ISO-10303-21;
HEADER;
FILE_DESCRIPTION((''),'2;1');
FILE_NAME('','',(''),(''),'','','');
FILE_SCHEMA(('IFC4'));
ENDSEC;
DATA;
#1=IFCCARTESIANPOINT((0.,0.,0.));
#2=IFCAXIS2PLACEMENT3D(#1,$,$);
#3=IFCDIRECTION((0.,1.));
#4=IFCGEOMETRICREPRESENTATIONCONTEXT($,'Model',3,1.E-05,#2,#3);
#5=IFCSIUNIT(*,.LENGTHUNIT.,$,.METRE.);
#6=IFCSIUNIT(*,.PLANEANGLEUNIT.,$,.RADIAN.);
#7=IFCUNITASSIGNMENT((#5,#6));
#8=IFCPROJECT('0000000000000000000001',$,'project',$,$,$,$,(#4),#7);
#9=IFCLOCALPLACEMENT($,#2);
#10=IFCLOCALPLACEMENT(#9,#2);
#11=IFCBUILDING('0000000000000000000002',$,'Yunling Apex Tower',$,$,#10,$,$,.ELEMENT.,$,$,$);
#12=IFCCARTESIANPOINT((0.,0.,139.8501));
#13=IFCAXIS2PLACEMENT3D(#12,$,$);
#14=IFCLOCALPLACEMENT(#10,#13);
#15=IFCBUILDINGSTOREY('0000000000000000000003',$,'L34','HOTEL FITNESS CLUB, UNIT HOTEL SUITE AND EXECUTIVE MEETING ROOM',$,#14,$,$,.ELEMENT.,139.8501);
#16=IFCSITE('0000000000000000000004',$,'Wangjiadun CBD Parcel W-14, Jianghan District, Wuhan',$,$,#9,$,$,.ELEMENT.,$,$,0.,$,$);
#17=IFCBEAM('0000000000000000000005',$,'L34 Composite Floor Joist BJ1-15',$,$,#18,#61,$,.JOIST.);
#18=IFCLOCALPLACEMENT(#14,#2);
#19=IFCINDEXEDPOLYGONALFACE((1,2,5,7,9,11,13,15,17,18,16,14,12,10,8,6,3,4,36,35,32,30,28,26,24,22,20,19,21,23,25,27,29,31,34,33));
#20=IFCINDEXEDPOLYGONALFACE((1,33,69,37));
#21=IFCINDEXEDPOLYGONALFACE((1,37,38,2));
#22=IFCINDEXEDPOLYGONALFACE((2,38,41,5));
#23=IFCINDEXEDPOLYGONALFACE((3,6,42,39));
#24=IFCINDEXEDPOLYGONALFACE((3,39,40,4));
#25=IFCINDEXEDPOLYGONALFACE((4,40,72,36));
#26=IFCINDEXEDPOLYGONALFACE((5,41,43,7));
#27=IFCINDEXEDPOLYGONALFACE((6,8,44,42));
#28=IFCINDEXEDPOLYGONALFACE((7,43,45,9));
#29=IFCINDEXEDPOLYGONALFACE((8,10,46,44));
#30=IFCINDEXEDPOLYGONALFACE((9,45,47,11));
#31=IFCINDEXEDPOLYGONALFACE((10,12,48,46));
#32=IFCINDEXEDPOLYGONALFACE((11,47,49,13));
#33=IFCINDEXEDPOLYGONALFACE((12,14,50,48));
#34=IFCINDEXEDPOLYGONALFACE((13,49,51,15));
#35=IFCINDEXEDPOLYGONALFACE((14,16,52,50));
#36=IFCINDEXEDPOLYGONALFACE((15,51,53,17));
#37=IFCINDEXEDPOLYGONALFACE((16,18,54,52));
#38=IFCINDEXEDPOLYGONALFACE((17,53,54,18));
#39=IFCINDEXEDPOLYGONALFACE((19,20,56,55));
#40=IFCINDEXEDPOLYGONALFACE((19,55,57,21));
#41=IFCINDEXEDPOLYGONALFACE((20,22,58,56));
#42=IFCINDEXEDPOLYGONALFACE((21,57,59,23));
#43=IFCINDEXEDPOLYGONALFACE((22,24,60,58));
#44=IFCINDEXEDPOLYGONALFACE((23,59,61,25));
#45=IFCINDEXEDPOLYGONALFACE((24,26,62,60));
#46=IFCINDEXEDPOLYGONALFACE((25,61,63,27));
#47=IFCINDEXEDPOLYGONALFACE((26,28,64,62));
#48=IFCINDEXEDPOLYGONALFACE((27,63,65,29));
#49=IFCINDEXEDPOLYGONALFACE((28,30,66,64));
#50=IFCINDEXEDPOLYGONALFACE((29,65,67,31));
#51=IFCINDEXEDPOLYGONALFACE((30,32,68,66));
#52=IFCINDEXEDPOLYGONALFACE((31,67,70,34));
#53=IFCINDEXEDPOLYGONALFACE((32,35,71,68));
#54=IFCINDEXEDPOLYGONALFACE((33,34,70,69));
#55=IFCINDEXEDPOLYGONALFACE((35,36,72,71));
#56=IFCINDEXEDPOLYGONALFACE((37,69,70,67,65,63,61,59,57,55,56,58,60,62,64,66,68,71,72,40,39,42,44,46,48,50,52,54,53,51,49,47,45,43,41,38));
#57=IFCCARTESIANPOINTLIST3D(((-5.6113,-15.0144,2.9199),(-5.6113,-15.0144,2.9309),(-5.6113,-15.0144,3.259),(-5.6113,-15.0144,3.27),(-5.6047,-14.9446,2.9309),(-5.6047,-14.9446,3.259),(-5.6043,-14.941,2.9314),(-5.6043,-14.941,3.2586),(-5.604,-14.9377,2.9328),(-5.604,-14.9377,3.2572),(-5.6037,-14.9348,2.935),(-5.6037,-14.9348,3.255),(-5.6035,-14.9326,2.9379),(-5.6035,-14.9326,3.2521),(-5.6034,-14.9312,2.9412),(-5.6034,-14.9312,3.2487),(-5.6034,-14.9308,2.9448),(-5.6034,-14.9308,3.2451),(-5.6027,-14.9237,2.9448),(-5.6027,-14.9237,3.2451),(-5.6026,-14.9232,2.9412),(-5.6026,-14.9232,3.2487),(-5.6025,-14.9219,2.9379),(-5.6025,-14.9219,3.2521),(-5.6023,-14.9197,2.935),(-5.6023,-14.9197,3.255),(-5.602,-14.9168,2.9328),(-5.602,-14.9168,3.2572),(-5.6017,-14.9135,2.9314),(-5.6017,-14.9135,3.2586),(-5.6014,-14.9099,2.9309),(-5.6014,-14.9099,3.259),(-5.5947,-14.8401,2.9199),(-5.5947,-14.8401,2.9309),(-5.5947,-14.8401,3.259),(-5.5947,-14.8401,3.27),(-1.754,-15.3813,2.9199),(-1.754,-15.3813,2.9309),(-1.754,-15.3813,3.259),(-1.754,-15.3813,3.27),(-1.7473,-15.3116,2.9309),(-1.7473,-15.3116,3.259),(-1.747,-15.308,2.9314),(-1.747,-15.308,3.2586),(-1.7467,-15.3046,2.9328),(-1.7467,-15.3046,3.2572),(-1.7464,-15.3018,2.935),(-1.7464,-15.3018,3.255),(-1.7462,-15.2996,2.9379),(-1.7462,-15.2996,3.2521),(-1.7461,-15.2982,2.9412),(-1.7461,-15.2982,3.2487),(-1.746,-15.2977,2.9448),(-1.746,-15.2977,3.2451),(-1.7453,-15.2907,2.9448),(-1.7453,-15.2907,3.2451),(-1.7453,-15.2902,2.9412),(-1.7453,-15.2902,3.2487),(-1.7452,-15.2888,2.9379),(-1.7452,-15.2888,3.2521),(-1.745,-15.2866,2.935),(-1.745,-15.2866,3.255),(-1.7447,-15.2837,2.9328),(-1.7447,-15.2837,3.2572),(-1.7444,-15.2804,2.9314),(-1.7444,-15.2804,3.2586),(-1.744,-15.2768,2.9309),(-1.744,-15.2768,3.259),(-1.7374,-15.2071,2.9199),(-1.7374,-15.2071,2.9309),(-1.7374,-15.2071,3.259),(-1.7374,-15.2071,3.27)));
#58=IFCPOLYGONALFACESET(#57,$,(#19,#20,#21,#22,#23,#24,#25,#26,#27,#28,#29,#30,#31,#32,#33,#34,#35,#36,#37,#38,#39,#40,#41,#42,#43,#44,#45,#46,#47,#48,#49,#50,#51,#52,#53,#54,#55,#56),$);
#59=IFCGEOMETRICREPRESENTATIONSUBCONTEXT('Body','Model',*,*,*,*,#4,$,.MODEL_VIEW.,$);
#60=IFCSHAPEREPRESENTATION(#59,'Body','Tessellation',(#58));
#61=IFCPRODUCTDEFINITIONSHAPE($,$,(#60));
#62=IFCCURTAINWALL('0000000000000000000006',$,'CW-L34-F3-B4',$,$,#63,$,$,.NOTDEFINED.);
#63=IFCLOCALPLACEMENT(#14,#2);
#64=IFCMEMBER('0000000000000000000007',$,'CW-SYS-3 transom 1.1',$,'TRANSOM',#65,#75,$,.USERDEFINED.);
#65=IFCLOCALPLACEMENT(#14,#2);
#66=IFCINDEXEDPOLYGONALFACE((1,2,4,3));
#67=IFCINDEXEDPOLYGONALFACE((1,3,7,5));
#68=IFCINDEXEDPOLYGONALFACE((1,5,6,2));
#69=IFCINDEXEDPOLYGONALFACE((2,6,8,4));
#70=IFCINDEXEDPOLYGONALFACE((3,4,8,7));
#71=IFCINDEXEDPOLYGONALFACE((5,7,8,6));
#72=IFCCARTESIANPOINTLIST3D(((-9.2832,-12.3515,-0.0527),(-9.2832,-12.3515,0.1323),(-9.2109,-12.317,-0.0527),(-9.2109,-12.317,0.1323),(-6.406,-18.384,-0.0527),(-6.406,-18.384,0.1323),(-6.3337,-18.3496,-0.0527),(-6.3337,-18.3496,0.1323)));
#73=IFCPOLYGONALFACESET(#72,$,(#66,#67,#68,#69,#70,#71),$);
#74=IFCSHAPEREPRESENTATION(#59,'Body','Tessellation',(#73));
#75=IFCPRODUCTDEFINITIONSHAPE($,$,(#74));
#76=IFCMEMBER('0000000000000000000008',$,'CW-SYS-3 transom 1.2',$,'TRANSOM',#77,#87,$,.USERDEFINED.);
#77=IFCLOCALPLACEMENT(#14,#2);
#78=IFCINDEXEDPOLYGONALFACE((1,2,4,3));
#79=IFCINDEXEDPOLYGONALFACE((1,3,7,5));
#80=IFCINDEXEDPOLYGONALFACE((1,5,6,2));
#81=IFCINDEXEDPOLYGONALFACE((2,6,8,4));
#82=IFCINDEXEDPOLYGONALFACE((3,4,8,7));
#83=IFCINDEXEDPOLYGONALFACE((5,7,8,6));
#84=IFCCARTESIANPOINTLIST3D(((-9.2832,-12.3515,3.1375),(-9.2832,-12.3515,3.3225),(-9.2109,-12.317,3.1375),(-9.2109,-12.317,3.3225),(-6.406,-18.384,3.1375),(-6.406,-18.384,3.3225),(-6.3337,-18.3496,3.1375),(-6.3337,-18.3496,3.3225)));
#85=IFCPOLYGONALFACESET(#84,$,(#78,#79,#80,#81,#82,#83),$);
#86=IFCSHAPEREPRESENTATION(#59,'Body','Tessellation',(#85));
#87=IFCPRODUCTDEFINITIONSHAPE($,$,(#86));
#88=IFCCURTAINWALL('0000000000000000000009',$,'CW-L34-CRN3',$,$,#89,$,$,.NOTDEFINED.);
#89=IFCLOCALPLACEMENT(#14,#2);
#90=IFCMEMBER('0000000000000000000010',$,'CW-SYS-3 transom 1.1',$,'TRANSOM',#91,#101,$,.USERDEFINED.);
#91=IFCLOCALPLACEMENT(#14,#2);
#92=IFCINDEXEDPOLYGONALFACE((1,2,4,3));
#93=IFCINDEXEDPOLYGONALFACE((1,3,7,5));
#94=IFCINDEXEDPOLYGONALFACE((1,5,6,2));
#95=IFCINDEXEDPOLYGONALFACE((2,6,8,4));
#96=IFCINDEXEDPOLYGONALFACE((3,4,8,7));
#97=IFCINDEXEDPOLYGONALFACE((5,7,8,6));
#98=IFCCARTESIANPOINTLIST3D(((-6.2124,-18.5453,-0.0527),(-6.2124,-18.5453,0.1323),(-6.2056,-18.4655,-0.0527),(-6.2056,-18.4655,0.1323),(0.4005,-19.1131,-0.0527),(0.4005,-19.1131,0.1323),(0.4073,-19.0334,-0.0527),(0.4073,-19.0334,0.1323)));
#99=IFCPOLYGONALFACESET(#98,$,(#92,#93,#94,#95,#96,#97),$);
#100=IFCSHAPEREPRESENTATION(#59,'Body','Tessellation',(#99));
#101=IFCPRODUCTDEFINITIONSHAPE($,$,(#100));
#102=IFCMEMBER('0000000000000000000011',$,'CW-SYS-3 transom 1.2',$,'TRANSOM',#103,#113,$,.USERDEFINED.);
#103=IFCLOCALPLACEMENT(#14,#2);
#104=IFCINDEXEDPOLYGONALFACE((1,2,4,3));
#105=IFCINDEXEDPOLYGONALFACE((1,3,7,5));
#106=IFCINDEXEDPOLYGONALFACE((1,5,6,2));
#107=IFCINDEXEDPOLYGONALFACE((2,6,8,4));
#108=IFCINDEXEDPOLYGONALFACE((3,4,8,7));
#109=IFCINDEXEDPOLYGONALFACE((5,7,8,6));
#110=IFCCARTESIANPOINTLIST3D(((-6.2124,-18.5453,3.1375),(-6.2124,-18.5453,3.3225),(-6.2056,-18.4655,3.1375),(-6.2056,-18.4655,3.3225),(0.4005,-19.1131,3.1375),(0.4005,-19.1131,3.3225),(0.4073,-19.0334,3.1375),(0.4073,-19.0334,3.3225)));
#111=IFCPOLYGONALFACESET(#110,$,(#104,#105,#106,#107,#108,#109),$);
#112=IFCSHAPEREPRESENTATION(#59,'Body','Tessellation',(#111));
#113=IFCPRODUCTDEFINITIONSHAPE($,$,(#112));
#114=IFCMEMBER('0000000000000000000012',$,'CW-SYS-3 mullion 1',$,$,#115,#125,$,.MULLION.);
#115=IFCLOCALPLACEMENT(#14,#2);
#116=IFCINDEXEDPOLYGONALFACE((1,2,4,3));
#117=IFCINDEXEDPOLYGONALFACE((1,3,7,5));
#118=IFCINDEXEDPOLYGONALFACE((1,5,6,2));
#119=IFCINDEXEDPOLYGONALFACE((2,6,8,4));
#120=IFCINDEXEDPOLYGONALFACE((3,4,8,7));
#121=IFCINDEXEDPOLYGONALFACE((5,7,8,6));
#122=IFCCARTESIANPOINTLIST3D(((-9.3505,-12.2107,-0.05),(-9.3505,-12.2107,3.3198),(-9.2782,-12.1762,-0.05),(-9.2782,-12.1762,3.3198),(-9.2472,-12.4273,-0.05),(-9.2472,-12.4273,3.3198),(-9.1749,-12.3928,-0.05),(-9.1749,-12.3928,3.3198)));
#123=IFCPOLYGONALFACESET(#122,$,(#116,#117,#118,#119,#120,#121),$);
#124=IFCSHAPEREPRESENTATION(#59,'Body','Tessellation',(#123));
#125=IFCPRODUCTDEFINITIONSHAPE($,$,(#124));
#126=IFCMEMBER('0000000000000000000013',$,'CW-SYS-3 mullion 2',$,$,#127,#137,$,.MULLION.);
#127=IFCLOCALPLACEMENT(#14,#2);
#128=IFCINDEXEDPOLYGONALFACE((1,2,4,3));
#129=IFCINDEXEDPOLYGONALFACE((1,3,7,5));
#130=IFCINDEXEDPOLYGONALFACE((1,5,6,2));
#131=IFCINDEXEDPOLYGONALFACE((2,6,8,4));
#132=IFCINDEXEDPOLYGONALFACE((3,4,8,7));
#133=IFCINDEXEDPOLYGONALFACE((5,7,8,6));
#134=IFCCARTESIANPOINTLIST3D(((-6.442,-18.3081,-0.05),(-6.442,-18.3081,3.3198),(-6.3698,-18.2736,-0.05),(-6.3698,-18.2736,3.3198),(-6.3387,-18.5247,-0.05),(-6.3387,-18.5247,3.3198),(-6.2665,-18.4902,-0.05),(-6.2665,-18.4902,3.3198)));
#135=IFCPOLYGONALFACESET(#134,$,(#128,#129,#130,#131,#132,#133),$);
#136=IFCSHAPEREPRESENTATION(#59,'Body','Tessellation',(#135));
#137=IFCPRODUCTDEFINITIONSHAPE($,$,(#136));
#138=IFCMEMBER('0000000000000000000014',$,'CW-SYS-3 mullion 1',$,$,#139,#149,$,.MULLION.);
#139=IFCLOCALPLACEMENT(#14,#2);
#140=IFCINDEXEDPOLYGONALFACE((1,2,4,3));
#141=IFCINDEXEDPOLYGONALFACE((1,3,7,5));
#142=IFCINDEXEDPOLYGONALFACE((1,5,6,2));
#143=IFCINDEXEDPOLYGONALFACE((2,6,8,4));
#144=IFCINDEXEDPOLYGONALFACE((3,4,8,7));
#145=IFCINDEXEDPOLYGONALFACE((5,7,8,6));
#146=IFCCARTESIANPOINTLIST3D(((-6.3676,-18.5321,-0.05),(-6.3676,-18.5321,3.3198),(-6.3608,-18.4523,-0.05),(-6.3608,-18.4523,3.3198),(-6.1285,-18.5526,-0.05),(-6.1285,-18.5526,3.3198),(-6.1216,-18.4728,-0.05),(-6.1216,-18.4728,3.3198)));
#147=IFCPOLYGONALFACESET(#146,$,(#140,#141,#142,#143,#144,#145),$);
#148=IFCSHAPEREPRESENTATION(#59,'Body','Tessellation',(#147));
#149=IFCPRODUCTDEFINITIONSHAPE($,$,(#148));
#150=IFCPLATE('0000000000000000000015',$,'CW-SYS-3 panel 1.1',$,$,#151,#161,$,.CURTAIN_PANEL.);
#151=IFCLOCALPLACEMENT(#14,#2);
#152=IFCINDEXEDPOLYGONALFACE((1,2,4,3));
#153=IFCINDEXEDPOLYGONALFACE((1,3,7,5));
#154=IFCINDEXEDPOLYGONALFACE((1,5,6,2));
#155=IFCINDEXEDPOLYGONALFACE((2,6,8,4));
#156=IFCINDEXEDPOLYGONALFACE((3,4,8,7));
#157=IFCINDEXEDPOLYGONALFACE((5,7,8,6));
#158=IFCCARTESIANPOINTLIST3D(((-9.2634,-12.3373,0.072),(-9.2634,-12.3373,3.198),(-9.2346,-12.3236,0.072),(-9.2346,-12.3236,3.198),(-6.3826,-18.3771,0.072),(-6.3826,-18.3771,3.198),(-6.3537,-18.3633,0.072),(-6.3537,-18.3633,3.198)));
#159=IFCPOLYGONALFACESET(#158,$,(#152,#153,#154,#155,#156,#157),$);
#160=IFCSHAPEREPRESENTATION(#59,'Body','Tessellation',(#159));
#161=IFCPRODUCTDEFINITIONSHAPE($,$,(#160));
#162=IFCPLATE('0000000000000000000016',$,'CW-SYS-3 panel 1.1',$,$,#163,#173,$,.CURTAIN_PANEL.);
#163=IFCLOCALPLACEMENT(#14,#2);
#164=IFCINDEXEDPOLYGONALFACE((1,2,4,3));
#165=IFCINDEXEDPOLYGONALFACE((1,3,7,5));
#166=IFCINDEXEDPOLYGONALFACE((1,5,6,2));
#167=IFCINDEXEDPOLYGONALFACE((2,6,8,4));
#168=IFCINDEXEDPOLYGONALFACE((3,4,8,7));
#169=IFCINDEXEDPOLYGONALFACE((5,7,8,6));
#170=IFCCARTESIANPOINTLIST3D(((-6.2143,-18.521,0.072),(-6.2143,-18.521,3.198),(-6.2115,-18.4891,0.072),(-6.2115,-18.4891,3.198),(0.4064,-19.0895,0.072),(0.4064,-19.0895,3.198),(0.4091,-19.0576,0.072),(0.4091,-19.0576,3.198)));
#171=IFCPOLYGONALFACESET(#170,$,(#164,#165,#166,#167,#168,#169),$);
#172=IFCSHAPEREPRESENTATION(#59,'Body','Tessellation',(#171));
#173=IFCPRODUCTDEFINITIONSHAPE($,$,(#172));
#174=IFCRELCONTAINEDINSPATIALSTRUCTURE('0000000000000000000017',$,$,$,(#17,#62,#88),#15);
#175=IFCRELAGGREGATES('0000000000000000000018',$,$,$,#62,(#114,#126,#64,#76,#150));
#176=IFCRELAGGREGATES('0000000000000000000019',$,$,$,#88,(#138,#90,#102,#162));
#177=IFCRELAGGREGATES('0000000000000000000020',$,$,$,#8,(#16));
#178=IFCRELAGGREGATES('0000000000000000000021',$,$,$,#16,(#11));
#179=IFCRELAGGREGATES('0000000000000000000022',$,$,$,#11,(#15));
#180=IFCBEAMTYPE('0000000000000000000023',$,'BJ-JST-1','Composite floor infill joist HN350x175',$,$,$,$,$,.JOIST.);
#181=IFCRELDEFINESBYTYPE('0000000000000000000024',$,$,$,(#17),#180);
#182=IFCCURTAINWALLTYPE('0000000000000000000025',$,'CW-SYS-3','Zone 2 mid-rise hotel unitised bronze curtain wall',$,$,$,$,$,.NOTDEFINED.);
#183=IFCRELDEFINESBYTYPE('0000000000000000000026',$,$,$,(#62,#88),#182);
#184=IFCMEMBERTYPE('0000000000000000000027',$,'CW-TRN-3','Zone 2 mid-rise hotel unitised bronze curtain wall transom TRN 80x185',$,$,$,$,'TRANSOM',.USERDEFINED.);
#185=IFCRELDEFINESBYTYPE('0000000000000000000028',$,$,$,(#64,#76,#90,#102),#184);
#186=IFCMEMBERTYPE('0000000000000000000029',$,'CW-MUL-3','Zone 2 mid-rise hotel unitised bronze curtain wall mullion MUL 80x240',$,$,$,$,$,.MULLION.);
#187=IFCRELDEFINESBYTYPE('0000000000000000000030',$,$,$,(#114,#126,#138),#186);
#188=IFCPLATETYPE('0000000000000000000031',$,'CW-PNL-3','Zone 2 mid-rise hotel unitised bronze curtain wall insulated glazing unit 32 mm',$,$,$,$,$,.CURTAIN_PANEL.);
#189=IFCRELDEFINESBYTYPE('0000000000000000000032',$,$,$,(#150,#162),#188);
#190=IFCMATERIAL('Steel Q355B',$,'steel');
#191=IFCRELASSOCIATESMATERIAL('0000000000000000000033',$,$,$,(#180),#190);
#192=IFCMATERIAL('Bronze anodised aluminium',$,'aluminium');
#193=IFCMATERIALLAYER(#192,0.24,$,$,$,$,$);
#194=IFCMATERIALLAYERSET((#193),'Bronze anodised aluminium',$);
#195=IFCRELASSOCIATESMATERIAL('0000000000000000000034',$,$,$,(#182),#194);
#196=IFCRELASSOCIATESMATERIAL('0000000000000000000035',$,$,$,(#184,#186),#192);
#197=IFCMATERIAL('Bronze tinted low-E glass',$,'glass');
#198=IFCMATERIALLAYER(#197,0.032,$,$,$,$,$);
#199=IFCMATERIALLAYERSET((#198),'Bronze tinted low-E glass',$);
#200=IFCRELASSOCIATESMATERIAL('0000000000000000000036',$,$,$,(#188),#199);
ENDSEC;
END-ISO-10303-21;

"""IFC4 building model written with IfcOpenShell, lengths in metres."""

from ifc_helpers import new_model, si_unit, direction, frame, origin, origin_2d, place, context, subcontext, project, spatial, rectangle, i_section, extrude, source, transform, mapped, material, layer, layer_set, material_profile, profile_set, type_object, element, aggregate, save


model = new_model("IFC4")

# Units and contexts
model_context = context("Model", 3, precision=1e-05, world=origin(), true_north=direction((0.0, 1.0)))
body_context = subcontext(model_context, "Body", "Model", "MODEL_VIEW")
ifc_project = project(units=[si_unit("LENGTHUNIT", "METRE"), si_unit("PLANEANGLEUNIT", "RADIAN")], contexts=[model_context])

# Site, building, storey
site_placement = place(None, origin())
site = spatial("IfcSite", under=ifc_project, at=site_placement, Name="Wangjiadun CBD Parcel W-14, Jianghan District, Wuhan", CompositionType="ELEMENT", RefElevation=0.0)
building_placement = place(site_placement, origin())
building = spatial("IfcBuilding", under=site, at=building_placement, Name="Yunling Apex Tower", CompositionType="ELEMENT")
storey_placement = place(building_placement, frame((0.0, 0.0, 139.8501)))
storey = spatial("IfcBuildingStorey", under=building, at=storey_placement, Name="L34", Description="HOTEL FITNESS CLUB, UNIT HOTEL SUITE AND EXECUTIVE MEETING ROOM", CompositionType="ELEMENT", Elevation=139.8501)

# Beam
ifc_material_1 = material(Name="Steel Q355B", Category="steel")
ifc_material_profile_1 = material_profile(ifc_material_1, i_section(OverallWidth=0.175, OverallDepth=0.3501, WebThickness=0.0071, FlangeThickness=0.011, FilletRadius=0.0139, at=origin_2d()))
ifc_profile_set_1 = profile_set([ifc_material_profile_1], Name="Steel Q355B")
beam_type_1 = type_object("IfcBeamType", Name="BJ-JST-1", Description="Composite floor infill joist HN350x175", PredefinedType="JOIST", material=ifc_profile_set_1)
shared_shape_1 = source(origin(), body_context, "Body", "SweptSolid", [
    extrude(i_section(OverallWidth=0.175, OverallDepth=0.3501, WebThickness=0.0071, FlangeThickness=0.011, FilletRadius=0.0139, at=origin_2d()), origin(), (0.0, 0.0, 1.0), 3.8748),
])
beam_1_placement = place(storey_placement, frame((-5.603, -14.9272, 3.095), z_axis=(0.995506, -0.094699, 0.0), x_axis=(0.094699, 0.995506, 0.0)))
element("IfcBeam", 1, at=beam_1_placement, inside=storey, type_object=beam_type_1, Name="L34 Composite Floor Joist BJ1-15", PredefinedType="JOIST", context=body_context, shape_type="MappedRepresentation", body=[
    mapped(shared_shape_1, transform((0.0, 0.0, 0.0), scale=1.0)),
])

# Curtain walls, members
ifc_material_2 = material(Name="Bronze anodised aluminium", Category="aluminium")
ifc_layer_1 = layer(ifc_material_2, 0.24)
ifc_layer_set_1 = layer_set([ifc_layer_1], Name="Bronze anodised aluminium")
curtain_wall_type = type_object("IfcCurtainWallType", Name="CW-SYS-3", Description="Zone 2 mid-rise hotel unitised bronze curtain wall", PredefinedType="NOTDEFINED", material=ifc_layer_set_1)
curtain_wall_1_placement = place(storey_placement, origin())
curtain_wall_1 = element("IfcCurtainWall", 2, at=curtain_wall_1_placement, inside=storey, type_object=curtain_wall_type, Name="CW-L34-F3-B4", PredefinedType="NOTDEFINED")
ifc_material_profile_2 = material_profile(ifc_material_2, rectangle(XDim=0.0801, YDim=0.1851, at=origin_2d()))
ifc_profile_set_2 = profile_set([ifc_material_profile_2], Name="Bronze anodised aluminium")
member_type_1 = type_object("IfcMemberType", Name="CW-TRN-3", Description="Zone 2 mid-rise hotel unitised bronze curtain wall transom TRN 80x185", ElementType="TRANSOM", PredefinedType="USERDEFINED", material=ifc_profile_set_2)
shared_shape_2 = source(origin(), body_context, "Body", "SweptSolid", [
    extrude(rectangle(XDim=0.0801, YDim=0.1851, at=origin_2d()), origin(), (0.0, 0.0, 1.0), 6.6836),
])
member_1_placement = place(storey_placement, frame((-9.2471, -12.3342, 0.0398), z_axis=(0.430494, -0.902594, 0.0), x_axis=(0.902594, 0.430494, 0.0)))
member_1 = element("IfcMember", 3, at=member_1_placement, type_object=member_type_1, Name="CW-SYS-3 transom 1.1", ObjectType="TRANSOM", PredefinedType="USERDEFINED", context=body_context, shape_type="MappedRepresentation", body=[
    mapped(shared_shape_2, transform((0.0, 0.0, 0.0), scale=1.0)),
])
member_2_placement = place(storey_placement, frame((-9.2471, -12.3342, 3.23), z_axis=(0.430494, -0.902594, 0.0), x_axis=(0.902594, 0.430494, 0.0)))
member_2 = element("IfcMember", 4, at=member_2_placement, type_object=member_type_1, Name="CW-SYS-3 transom 1.2", ObjectType="TRANSOM", PredefinedType="USERDEFINED", context=body_context, shape_type="MappedRepresentation", body=[
    mapped(shared_shape_2, transform((0.0, 0.0, 0.0), scale=1.0)),
])
curtain_wall_2_placement = place(storey_placement, origin())
curtain_wall_2 = element("IfcCurtainWall", 5, at=curtain_wall_2_placement, inside=storey, type_object=curtain_wall_type, Name="CW-L34-CRN3", PredefinedType="NOTDEFINED")
shared_shape_3 = source(origin(), body_context, "Body", "SweptSolid", [
    extrude(rectangle(XDim=0.0801, YDim=0.1851, at=origin_2d()), origin(), (0.0, 0.0, 1.0), 6.6372),
])
member_3_placement = place(storey_placement, frame((-6.209, -18.5054, 0.0398), z_axis=(0.996333, -0.08556, 0.0), x_axis=(0.08556, 0.996333, 0.0)))
member_3 = element("IfcMember", 6, at=member_3_placement, type_object=member_type_1, Name="CW-SYS-3 transom 1.1", ObjectType="TRANSOM", PredefinedType="USERDEFINED", context=body_context, shape_type="MappedRepresentation", body=[
    mapped(shared_shape_3, transform((0.0, 0.0, 0.0), scale=1.0)),
])
member_4_placement = place(storey_placement, frame((-6.209, -18.5054, 3.23), z_axis=(0.996333, -0.08556, 0.0), x_axis=(0.08556, 0.996333, 0.0)))
member_4 = element("IfcMember", 7, at=member_4_placement, type_object=member_type_1, Name="CW-SYS-3 transom 1.2", ObjectType="TRANSOM", PredefinedType="USERDEFINED", context=body_context, shape_type="MappedRepresentation", body=[
    mapped(shared_shape_3, transform((0.0, 0.0, 0.0), scale=1.0)),
])

# Members
ifc_material_profile_3 = material_profile(ifc_material_2, rectangle(XDim=0.0801, YDim=0.24, at=origin_2d()))
ifc_profile_set_3 = profile_set([ifc_material_profile_3], Name="Bronze anodised aluminium")
member_type_2 = type_object("IfcMemberType", Name="CW-MUL-3", Description="Zone 2 mid-rise hotel unitised bronze curtain wall mullion MUL 80x240", PredefinedType="MULLION", material=ifc_profile_set_3)
shared_shape_4 = source(origin(), body_context, "Body", "SweptSolid", [
    extrude(rectangle(XDim=0.0801, YDim=0.24, at=origin_2d()), origin(), (0.0, 0.0, 1.0), 3.3699),
])
member_5_placement = place(storey_placement, frame((-9.2627, -12.3018, -0.05), z_axis=(0.0, 0.0, 1.0), x_axis=(0.902585, 0.430512, 0.0)))
member_5 = element("IfcMember", 8, at=member_5_placement, type_object=member_type_2, Name="CW-SYS-3 mullion 1", PredefinedType="MULLION", context=body_context, shape_type="MappedRepresentation", body=[
    mapped(shared_shape_4, transform((0.0, 0.0, 0.0), scale=1.0)),
])
member_6_placement = place(storey_placement, frame((-6.3542, -18.3992, -0.05), z_axis=(0.0, 0.0, 1.0), x_axis=(0.902585, 0.430512, 0.0)))
member_6 = element("IfcMember", 9, at=member_6_placement, type_object=member_type_2, Name="CW-SYS-3 mullion 2", PredefinedType="MULLION", context=body_context, shape_type="MappedRepresentation", body=[
    mapped(shared_shape_4, transform((0.0, 0.0, 0.0), scale=1.0)),
])
member_7_placement = place(storey_placement, frame((-6.2446, -18.5024, -0.05), z_axis=(0.0, 0.0, 1.0), x_axis=(0.08555, 0.996334, 0.0)))
member_7 = element("IfcMember", 10, at=member_7_placement, type_object=member_type_2, Name="CW-SYS-3 mullion 1", PredefinedType="MULLION", context=body_context, shape_type="MappedRepresentation", body=[
    mapped(shared_shape_4, transform((0.0, 0.0, 0.0), scale=1.0)),
])

# Plates
ifc_material_3 = material(Name="Bronze tinted low-E glass", Category="glass")
ifc_layer_2 = layer(ifc_material_3, 0.032)
ifc_layer_set_2 = layer_set([ifc_layer_2], Name="Bronze tinted low-E glass")
plate_type = type_object("IfcPlateType", Name="CW-PNL-3", Description="Zone 2 mid-rise hotel unitised bronze curtain wall insulated glazing unit 32 mm", PredefinedType="CURTAIN_PANEL", material=ifc_layer_set_2)
shared_shape_5 = source(origin(), body_context, "Body", "SweptSolid", [
    extrude(rectangle(XDim=6.6917, YDim=0.032, at=origin_2d()), origin(), (0.0, 0.0, 1.0), 3.126),
])
plate_1_placement = place(storey_placement, frame((-7.8086, -15.3503, 0.072), z_axis=(0.0, 0.0, 1.0), x_axis=(0.430512, -0.902585, 0.0)))
plate_1 = element("IfcPlate", 11, at=plate_1_placement, type_object=plate_type, Name="CW-SYS-3 panel 1.1", PredefinedType="CURTAIN_PANEL", context=body_context, shape_type="MappedRepresentation", body=[
    mapped(shared_shape_5, transform((0.0, 0.0, 0.0), scale=1.0)),
])
aggregate(curtain_wall_1, [member_5, member_6, member_1, member_2, plate_1])
shared_shape_6 = source(origin(), body_context, "Body", "SweptSolid", [
    extrude(rectangle(XDim=6.645, YDim=0.032, at=origin_2d()), origin(), (0.0, 0.0, 1.0), 3.126),
])
plate_2_placement = place(storey_placement, frame((-2.9026, -18.7893, 0.072), z_axis=(0.0, 0.0, 1.0), x_axis=(0.996334, -0.08555, 0.0)))
plate_2 = element("IfcPlate", 12, at=plate_2_placement, type_object=plate_type, Name="CW-SYS-3 panel 1.1", PredefinedType="CURTAIN_PANEL", context=body_context, shape_type="MappedRepresentation", body=[
    mapped(shared_shape_6, transform((0.0, 0.0, 0.0), scale=1.0)),
])
aggregate(curtain_wall_2, [member_7, member_3, member_4, plate_2])

save(model, "model.ifc")
